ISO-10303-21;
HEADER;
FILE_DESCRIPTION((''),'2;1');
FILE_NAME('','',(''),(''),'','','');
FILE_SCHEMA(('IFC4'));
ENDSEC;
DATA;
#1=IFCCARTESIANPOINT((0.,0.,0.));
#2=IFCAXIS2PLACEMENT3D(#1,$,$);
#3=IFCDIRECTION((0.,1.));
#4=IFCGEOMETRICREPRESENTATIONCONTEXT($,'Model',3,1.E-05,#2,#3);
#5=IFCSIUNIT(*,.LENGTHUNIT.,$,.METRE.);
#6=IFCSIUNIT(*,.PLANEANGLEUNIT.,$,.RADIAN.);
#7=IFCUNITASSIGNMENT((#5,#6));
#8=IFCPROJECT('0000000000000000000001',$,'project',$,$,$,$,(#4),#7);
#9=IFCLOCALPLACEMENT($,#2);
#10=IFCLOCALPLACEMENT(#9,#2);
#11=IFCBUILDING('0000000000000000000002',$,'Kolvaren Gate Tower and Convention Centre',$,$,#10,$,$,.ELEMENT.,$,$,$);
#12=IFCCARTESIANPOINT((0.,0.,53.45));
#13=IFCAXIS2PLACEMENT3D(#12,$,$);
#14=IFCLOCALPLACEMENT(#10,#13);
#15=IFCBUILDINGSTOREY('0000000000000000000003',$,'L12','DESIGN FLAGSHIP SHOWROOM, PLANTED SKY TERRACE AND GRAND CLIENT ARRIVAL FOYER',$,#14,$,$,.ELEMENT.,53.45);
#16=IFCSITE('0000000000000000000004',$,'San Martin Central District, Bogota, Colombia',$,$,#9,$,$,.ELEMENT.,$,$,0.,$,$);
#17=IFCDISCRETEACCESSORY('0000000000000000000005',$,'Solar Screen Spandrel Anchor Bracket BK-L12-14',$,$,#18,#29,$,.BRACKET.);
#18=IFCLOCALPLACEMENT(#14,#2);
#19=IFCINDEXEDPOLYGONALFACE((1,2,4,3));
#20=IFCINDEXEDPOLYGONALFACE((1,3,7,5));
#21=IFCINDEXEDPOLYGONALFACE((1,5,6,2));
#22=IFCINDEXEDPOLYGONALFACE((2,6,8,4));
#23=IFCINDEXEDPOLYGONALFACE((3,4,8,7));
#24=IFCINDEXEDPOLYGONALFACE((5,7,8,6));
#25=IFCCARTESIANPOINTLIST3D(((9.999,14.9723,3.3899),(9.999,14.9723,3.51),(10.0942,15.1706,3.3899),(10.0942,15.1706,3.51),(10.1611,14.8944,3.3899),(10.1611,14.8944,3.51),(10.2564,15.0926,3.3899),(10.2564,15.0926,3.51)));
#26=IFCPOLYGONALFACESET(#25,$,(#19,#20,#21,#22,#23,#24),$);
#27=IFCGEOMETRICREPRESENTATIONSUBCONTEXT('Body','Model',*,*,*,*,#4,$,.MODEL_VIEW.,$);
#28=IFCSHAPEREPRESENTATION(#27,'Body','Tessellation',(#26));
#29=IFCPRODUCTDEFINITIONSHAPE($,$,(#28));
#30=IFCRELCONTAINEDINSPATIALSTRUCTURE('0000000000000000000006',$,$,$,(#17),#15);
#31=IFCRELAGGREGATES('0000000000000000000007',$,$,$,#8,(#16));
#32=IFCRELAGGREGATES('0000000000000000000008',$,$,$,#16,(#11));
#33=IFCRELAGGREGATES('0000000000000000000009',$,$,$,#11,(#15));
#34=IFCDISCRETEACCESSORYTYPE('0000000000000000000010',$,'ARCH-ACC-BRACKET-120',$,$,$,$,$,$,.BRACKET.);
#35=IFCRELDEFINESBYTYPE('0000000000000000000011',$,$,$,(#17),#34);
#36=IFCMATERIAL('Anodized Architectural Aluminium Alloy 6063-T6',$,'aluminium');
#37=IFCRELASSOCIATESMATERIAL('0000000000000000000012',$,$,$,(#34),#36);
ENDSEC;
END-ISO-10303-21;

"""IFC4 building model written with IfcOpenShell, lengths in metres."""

from ifc_helpers import new_model, si_unit, direction, frame, origin, origin_2d, place, context, subcontext, project, spatial, rectangle, extrude, material, type_object, element, save


model = new_model("IFC4")

# Units and contexts
model_context = context("Model", 3, precision=1e-05, world=origin(), true_north=direction((0.0, 1.0)))
body_context = subcontext(model_context, "Body", "Model", "MODEL_VIEW")
ifc_project = project(units=[si_unit("LENGTHUNIT", "METRE"), si_unit("PLANEANGLEUNIT", "RADIAN")], contexts=[model_context])

# Site, building, storey
site_placement = place(None, origin())
site = spatial("IfcSite", under=ifc_project, at=site_placement, Name="San Martin Central District, Bogota, Colombia", CompositionType="ELEMENT", RefElevation=0.0)
building_placement = place(site_placement, origin())
building = spatial("IfcBuilding", under=site, at=building_placement, Name="Kolvaren Gate Tower and Convention Centre", CompositionType="ELEMENT")
storey_placement = place(building_placement, frame((0.0, 0.0, 53.45)))
storey = spatial("IfcBuildingStorey", under=building, at=storey_placement, Name="L12", Description="DESIGN FLAGSHIP SHOWROOM, PLANTED SKY TERRACE AND GRAND CLIENT ARRIVAL FOYER", CompositionType="ELEMENT", Elevation=53.45)

# Shared definitions
ifc_material_1 = material(Name="Anodized Architectural Aluminium Alloy 6063-T6", Category="aluminium")

# Discrete accessory
discrete_accessory_type = type_object("IfcDiscreteAccessoryType", Name="ARCH-ACC-BRACKET-120", PredefinedType="BRACKET", material=ifc_material_1)
discrete_accessory_placement = place(storey_placement, frame((10.1277, 15.0325, 3.3899), z_axis=(0.0, 0.0, 1.0), x_axis=(0.901358, -0.433076, 0.0)))
element("IfcDiscreteAccessory", 1, at=discrete_accessory_placement, inside=storey, type_object=discrete_accessory_type, Name="Solar Screen Spandrel Anchor Bracket BK-L12-14", PredefinedType="BRACKET", context=body_context, shape_type="SweptSolid", body=[
    extrude(rectangle(XDim=0.1799, YDim=0.22, at=origin_2d()), origin(), (0.0, 0.0, 1.0), 0.1201),
])

save(model, "model.ifc")
